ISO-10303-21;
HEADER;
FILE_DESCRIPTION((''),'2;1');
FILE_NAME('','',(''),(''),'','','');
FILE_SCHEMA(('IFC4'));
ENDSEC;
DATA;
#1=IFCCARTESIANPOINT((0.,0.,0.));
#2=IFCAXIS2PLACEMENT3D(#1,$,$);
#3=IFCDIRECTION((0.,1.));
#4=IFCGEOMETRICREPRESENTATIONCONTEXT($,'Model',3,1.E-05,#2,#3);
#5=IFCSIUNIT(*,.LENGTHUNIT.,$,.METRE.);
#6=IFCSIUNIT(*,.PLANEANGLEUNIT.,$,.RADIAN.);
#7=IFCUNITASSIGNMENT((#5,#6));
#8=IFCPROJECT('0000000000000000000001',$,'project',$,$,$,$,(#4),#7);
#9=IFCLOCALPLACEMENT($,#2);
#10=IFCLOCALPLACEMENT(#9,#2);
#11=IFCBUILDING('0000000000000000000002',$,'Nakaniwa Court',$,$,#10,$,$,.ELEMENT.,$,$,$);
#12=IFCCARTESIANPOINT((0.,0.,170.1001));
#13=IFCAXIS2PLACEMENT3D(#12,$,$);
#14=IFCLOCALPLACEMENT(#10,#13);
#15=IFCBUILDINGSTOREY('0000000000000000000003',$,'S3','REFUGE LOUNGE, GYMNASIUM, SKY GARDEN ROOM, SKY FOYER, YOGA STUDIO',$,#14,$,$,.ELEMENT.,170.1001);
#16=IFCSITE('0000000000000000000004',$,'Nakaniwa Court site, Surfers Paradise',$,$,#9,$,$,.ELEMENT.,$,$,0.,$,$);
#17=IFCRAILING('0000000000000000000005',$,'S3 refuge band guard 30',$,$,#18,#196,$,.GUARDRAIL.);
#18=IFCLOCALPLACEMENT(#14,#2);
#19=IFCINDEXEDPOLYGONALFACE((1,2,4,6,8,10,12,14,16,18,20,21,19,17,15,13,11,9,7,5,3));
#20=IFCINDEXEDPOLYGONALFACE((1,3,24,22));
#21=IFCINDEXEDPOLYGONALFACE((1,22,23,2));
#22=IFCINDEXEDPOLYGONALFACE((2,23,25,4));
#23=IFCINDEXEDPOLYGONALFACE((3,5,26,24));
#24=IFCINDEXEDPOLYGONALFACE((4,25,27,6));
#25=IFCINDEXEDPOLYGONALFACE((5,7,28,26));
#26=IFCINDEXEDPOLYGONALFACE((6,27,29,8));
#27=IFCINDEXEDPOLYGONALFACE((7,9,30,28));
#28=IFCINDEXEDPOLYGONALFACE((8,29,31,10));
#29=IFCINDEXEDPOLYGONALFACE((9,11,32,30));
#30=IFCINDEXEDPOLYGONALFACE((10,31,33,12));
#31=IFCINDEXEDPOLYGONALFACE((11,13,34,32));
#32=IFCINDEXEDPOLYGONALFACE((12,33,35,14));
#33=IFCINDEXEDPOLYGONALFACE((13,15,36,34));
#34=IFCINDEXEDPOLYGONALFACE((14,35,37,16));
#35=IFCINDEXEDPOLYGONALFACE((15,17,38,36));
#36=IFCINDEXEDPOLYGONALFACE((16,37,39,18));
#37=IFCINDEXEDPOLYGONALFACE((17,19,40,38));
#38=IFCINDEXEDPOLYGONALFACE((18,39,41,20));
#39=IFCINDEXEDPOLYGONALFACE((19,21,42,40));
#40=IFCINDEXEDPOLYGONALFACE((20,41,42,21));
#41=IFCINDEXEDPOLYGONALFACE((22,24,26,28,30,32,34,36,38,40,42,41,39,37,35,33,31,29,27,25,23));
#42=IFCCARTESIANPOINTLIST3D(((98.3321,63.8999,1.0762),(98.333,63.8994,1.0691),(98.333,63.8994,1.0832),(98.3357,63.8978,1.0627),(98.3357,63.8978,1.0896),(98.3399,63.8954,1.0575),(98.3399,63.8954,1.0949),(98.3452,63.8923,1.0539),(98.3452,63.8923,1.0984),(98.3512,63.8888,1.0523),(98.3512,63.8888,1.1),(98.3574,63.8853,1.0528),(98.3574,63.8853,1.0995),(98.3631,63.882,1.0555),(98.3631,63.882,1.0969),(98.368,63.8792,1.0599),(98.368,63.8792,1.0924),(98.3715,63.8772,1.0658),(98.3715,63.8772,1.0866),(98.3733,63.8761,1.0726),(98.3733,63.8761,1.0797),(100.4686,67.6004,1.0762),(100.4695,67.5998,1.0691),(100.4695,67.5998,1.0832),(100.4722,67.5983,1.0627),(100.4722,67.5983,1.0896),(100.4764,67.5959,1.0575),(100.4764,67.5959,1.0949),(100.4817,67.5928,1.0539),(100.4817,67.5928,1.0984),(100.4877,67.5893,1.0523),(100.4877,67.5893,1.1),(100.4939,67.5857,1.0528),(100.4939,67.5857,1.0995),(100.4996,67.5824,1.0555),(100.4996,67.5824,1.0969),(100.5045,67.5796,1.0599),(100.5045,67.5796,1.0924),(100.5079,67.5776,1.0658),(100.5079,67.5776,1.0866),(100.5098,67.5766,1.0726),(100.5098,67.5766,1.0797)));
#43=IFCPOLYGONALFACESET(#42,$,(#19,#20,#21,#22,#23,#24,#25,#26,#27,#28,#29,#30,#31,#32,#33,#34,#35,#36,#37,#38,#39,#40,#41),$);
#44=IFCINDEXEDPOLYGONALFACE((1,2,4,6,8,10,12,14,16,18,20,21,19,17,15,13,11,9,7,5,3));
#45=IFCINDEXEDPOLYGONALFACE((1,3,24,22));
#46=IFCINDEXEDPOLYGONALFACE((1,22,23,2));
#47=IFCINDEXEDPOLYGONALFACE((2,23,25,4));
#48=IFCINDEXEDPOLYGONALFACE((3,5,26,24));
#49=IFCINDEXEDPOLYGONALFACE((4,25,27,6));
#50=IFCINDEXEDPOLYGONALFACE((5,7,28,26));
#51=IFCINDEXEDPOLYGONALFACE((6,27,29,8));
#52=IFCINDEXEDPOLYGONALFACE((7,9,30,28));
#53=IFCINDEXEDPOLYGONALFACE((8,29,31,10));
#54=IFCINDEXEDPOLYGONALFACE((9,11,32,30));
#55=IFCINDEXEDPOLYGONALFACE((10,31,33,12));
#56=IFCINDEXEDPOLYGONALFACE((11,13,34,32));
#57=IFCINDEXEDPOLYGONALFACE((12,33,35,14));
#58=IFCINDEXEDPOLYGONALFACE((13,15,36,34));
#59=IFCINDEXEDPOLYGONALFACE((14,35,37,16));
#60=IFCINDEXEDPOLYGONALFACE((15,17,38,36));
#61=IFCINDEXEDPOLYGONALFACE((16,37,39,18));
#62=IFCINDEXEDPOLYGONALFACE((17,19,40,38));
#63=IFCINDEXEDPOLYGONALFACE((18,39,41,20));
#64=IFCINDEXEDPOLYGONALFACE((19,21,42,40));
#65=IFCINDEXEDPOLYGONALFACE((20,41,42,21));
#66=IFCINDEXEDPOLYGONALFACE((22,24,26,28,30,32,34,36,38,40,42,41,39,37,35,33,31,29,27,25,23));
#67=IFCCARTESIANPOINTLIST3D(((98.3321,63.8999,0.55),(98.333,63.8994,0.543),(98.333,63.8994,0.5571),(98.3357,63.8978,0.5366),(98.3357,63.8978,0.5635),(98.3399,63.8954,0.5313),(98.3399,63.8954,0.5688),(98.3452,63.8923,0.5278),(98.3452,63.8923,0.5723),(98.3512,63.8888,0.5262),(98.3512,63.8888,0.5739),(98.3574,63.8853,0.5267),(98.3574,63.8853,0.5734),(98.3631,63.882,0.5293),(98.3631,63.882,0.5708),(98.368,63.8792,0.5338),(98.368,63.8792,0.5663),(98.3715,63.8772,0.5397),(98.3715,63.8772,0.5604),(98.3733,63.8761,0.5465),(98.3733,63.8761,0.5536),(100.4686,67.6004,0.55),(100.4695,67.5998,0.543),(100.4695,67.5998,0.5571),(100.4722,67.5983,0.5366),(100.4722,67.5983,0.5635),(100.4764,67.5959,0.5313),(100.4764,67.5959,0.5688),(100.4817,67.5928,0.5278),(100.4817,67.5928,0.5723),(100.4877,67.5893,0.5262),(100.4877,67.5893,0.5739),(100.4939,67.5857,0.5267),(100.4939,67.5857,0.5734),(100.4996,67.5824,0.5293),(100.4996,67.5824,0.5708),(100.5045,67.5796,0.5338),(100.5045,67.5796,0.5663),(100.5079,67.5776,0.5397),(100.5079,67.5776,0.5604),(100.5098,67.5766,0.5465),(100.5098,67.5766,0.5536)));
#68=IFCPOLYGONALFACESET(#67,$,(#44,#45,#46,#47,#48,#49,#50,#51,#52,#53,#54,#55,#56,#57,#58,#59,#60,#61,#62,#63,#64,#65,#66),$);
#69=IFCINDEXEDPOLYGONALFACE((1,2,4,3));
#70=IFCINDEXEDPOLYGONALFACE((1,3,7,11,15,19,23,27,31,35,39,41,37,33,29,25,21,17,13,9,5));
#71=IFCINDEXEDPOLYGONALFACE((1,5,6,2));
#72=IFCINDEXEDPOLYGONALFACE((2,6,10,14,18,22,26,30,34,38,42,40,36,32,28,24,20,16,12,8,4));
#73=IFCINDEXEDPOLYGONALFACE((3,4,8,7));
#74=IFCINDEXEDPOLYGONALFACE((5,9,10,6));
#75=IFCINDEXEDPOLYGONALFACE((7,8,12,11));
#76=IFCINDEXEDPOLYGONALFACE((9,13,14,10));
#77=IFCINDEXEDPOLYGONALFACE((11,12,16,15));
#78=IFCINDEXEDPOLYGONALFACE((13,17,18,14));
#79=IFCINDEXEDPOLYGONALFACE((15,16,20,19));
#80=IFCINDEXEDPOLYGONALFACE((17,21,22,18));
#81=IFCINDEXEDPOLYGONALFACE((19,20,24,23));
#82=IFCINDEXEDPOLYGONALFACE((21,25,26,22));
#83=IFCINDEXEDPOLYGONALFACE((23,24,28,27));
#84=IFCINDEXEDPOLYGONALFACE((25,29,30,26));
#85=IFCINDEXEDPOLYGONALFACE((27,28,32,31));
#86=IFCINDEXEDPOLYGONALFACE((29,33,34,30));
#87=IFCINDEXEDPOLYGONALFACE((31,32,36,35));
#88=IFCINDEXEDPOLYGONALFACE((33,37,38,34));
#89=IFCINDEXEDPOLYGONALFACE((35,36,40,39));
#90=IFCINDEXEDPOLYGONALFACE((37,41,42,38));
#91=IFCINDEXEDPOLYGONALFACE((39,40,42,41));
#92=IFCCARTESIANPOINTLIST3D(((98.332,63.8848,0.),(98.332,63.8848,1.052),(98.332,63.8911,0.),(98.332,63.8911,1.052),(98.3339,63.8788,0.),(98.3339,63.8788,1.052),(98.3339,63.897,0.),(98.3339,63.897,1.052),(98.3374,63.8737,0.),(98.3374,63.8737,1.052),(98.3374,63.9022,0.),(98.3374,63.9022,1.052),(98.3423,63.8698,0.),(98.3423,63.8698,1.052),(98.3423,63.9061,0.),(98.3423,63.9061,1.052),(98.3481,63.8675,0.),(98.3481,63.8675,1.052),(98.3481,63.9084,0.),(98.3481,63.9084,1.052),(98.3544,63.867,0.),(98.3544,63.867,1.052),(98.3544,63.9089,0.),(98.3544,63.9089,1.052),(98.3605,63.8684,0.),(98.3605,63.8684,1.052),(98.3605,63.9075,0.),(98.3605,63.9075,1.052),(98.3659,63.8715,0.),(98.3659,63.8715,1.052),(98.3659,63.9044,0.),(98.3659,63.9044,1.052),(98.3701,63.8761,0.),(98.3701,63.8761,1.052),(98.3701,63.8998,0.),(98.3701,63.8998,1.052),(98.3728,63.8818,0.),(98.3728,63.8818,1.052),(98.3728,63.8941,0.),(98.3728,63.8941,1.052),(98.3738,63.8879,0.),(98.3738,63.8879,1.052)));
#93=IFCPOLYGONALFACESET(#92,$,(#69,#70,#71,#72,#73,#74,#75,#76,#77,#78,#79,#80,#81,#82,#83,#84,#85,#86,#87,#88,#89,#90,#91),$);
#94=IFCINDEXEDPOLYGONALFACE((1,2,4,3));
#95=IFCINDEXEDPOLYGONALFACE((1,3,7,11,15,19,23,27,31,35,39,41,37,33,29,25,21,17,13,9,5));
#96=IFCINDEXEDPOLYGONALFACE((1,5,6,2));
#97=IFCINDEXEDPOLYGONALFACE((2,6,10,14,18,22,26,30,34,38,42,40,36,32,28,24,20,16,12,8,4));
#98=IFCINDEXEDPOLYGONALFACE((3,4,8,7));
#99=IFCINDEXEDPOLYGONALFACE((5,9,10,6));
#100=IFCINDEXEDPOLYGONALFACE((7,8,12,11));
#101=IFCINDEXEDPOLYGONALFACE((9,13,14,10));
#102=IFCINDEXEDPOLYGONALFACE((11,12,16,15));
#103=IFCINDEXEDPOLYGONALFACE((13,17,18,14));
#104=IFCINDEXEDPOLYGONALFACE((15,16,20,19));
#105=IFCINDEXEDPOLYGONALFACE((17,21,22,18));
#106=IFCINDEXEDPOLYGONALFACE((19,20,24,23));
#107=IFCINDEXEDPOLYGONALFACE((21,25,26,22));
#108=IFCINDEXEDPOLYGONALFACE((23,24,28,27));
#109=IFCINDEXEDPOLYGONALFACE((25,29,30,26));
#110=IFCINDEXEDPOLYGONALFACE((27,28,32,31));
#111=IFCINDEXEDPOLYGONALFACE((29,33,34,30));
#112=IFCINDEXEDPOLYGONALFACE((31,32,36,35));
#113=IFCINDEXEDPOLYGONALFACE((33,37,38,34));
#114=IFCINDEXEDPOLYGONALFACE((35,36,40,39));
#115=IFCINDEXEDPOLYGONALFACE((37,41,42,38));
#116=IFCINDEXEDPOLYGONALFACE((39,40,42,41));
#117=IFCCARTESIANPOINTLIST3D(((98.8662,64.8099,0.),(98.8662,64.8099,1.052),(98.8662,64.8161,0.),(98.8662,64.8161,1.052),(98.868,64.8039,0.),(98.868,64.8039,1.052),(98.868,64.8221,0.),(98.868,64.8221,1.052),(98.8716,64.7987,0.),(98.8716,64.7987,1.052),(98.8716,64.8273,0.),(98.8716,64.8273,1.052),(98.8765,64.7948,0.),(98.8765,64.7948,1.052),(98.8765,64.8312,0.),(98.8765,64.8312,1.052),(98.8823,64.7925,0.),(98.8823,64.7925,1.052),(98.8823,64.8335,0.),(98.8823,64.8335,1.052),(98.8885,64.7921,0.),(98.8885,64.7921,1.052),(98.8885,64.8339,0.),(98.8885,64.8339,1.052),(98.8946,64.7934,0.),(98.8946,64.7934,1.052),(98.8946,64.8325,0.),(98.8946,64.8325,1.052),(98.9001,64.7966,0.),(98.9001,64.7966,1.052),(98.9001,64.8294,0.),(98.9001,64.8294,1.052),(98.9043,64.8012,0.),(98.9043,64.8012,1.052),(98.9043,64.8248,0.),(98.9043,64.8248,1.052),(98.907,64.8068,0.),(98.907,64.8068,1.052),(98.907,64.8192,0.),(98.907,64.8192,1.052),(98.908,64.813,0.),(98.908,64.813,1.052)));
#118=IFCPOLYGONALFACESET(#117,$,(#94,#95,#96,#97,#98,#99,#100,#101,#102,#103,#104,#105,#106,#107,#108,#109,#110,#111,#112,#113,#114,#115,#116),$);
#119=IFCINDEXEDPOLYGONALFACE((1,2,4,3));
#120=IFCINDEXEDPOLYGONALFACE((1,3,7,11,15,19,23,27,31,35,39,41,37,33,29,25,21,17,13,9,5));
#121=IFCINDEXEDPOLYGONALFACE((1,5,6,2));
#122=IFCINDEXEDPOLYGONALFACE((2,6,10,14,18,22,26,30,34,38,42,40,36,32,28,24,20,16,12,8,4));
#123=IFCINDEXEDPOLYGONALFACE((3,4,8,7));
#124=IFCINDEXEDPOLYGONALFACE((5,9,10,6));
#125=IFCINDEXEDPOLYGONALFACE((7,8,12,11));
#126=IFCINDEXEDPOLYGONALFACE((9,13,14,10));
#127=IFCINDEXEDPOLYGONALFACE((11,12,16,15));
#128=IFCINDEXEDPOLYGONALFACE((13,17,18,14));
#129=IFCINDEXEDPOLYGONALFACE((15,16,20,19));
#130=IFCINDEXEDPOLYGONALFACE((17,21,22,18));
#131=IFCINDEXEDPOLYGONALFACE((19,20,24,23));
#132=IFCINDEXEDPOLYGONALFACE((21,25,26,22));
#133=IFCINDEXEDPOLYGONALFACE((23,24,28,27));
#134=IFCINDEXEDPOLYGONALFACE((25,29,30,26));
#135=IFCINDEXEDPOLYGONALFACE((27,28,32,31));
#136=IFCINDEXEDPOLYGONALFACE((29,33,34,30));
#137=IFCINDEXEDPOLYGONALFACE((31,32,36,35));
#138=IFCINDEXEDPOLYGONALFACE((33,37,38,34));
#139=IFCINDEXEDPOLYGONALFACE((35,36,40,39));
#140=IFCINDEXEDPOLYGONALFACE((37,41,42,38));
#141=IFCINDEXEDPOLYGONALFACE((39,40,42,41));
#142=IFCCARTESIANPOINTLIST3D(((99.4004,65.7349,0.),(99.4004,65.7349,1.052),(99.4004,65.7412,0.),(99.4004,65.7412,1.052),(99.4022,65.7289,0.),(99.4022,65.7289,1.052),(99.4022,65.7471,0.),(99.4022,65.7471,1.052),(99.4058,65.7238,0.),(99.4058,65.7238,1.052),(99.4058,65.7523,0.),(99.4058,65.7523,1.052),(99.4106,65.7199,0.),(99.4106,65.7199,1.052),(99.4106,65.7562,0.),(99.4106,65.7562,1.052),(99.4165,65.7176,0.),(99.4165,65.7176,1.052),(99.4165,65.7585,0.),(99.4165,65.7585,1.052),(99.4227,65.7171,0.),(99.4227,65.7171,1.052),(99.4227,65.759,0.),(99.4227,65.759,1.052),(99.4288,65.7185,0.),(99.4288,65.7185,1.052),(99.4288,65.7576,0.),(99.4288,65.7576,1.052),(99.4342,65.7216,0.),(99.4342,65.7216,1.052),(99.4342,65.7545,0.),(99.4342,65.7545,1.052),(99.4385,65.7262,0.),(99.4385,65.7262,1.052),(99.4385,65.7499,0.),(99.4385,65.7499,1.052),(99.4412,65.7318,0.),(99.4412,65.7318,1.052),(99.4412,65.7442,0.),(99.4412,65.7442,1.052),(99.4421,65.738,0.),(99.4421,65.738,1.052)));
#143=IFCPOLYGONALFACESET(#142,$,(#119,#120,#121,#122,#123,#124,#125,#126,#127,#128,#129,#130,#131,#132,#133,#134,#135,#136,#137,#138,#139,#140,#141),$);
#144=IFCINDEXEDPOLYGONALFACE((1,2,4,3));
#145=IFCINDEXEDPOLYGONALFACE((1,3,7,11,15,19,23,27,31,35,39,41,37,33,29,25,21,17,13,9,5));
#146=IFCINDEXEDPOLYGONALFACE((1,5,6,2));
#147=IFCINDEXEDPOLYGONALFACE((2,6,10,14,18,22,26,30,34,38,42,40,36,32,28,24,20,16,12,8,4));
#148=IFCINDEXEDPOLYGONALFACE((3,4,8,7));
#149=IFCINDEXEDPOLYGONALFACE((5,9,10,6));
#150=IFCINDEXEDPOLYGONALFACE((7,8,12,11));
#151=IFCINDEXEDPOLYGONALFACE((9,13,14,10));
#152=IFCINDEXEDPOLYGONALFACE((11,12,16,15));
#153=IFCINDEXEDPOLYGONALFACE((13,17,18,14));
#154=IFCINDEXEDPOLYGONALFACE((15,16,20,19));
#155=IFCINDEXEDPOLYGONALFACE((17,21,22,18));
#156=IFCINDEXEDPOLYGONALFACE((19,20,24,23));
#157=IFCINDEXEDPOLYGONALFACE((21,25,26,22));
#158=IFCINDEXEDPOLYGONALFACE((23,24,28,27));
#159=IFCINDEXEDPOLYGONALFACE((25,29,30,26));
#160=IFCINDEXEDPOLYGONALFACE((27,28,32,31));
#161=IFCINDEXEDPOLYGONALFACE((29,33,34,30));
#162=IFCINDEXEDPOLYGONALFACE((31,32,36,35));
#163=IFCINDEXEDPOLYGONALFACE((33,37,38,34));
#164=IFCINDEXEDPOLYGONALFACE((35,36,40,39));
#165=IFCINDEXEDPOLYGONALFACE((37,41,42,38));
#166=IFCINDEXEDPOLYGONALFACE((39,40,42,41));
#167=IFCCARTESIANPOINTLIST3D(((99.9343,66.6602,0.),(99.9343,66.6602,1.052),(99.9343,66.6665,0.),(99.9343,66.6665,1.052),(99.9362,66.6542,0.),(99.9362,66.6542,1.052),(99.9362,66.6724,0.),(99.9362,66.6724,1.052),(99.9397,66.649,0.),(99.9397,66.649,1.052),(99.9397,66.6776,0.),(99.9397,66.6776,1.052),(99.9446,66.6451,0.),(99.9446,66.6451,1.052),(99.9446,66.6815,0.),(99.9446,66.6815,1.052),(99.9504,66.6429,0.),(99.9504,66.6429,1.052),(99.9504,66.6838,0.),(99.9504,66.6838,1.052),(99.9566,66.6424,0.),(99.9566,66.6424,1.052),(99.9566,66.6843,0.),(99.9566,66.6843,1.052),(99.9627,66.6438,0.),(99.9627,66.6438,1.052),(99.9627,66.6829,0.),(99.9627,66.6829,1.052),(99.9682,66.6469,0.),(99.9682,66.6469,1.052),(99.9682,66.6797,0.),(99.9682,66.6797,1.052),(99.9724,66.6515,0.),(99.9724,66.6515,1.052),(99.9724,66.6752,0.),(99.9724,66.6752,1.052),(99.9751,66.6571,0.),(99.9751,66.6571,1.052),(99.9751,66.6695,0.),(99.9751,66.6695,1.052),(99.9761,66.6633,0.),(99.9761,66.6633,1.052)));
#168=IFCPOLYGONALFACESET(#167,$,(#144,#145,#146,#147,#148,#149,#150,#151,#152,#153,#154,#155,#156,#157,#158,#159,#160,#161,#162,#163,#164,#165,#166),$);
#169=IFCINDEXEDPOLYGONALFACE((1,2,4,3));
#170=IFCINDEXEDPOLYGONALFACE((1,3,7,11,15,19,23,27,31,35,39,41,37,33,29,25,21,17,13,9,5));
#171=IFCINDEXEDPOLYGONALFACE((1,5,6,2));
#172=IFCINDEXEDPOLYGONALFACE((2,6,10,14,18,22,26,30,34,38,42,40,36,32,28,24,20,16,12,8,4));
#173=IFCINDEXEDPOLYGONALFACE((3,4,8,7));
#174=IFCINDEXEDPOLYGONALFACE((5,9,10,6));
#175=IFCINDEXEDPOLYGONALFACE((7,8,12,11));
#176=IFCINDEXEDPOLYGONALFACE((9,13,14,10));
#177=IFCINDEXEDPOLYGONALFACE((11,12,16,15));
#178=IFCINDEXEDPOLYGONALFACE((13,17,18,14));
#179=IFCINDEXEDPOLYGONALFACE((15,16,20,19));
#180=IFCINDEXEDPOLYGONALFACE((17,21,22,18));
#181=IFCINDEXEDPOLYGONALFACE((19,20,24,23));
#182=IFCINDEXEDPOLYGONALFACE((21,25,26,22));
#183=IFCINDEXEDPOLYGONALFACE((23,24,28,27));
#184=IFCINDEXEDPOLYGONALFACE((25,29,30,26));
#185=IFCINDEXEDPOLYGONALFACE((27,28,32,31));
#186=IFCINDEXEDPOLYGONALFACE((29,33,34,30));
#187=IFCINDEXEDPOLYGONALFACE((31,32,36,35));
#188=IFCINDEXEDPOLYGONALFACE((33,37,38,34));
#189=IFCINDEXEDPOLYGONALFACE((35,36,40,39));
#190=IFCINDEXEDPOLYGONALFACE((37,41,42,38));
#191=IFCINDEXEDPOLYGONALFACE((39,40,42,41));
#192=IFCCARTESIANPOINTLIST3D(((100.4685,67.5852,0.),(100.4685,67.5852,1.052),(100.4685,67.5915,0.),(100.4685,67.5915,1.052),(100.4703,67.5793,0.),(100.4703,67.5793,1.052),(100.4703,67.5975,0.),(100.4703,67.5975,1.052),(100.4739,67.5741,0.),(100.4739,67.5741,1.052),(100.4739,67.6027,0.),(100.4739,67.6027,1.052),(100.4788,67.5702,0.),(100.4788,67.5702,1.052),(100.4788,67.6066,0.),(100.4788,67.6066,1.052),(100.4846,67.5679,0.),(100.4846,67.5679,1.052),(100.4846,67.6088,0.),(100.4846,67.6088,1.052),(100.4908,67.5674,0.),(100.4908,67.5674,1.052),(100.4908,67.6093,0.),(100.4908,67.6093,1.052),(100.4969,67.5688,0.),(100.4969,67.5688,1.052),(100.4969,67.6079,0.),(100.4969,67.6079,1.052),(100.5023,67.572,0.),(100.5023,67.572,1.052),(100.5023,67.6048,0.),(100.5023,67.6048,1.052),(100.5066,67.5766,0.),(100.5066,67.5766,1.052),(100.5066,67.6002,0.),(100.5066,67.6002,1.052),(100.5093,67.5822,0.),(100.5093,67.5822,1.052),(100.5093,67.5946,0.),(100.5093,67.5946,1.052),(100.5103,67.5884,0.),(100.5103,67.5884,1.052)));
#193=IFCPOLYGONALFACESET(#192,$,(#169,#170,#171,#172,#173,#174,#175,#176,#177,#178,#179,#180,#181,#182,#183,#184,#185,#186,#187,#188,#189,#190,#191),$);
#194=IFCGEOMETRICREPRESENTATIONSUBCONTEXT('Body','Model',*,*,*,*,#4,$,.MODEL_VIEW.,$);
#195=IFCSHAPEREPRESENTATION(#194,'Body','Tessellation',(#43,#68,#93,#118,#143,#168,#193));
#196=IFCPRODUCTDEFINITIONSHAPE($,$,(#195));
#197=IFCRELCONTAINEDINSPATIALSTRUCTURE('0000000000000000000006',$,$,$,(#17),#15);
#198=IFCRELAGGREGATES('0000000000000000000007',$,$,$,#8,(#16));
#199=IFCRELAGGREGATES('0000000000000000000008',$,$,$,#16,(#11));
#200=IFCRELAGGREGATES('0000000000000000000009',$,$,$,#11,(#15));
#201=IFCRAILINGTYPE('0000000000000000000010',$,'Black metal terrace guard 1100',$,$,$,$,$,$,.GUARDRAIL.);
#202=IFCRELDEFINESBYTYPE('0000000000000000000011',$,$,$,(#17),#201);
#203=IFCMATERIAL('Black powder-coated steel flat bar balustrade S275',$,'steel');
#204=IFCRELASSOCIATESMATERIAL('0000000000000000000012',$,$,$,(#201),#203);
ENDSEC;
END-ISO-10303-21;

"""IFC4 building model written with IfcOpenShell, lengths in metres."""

from ifc_helpers import new_model, si_unit, direction, frame, origin, origin_2d, place, context, subcontext, project, spatial, circle, extrude, material, type_object, element, save


model = new_model("IFC4")

# Units and contexts
model_context = context("Model", 3, precision=1e-05, world=origin(), true_north=direction((0.0, 1.0)))
body_context = subcontext(model_context, "Body", "Model", "MODEL_VIEW")
ifc_project = project(units=[si_unit("LENGTHUNIT", "METRE"), si_unit("PLANEANGLEUNIT", "RADIAN")], contexts=[model_context])

# Site, building, storey
site_placement = place(None, origin())
site = spatial("IfcSite", under=ifc_project, at=site_placement, Name="Nakaniwa Court site, Surfers Paradise", CompositionType="ELEMENT", RefElevation=0.0)
building_placement = place(site_placement, origin())
building = spatial("IfcBuilding", under=site, at=building_placement, Name="Nakaniwa Court", CompositionType="ELEMENT")
storey_placement = place(building_placement, frame((0.0, 0.0, 170.1001)))
storey = spatial("IfcBuildingStorey", under=building, at=storey_placement, Name="S3", Description="REFUGE LOUNGE, GYMNASIUM, SKY GARDEN ROOM, SKY FOYER, YOGA STUDIO", CompositionType="ELEMENT", Elevation=170.1001)

# Railing
ifc_material_1 = material(Name="Black powder-coated steel flat bar balustrade S275", Category="steel")
railing_type = type_object("IfcRailingType", Name="Black metal terrace guard 1100", PredefinedType="GUARDRAIL", material=ifc_material_1)
railing_1_placement = place(storey_placement, frame((98.3528, 63.8879, 0.0)))
element("IfcRailing", 1, at=railing_1_placement, inside=storey, type_object=railing_type, Name="S3 refuge band guard 30", PredefinedType="GUARDRAIL", context=body_context, shape_type="SweptSolid", body=[
    extrude(circle(Radius=0.0239, at=origin_2d()), frame((0.0, 0.0, 1.0762), z_axis=(0.500004, 0.866023, 0.0), x_axis=(-0.866023, 0.500004, 0.0)), (0.0, 0.0, 1.0), 4.2729),
    extrude(circle(Radius=0.0239, at=origin_2d()), frame((0.0, 0.0, 0.55), z_axis=(0.500004, 0.866023, 0.0), x_axis=(-0.866023, 0.500004, 0.0)), (0.0, 0.0, 1.0), 4.2729),
    extrude(circle(Radius=0.021, at=origin_2d()), origin(), (0.0, 0.0, 1.0), 1.052),
    extrude(circle(Radius=0.021, at=origin_2d()), frame((0.5342, 0.925, 0.0)), (0.0, 0.0, 1.0), 1.052),
    extrude(circle(Radius=0.021, at=origin_2d()), frame((1.0684, 1.8501, 0.0)), (0.0, 0.0, 1.0), 1.052),
    extrude(circle(Radius=0.021, at=origin_2d()), frame((1.6023, 2.7754, 0.0)), (0.0, 0.0, 1.0), 1.052),
    extrude(circle(Radius=0.021, at=origin_2d()), frame((2.1365, 3.7004, 0.0)), (0.0, 0.0, 1.0), 1.052),
])

save(model, "model.ifc")
